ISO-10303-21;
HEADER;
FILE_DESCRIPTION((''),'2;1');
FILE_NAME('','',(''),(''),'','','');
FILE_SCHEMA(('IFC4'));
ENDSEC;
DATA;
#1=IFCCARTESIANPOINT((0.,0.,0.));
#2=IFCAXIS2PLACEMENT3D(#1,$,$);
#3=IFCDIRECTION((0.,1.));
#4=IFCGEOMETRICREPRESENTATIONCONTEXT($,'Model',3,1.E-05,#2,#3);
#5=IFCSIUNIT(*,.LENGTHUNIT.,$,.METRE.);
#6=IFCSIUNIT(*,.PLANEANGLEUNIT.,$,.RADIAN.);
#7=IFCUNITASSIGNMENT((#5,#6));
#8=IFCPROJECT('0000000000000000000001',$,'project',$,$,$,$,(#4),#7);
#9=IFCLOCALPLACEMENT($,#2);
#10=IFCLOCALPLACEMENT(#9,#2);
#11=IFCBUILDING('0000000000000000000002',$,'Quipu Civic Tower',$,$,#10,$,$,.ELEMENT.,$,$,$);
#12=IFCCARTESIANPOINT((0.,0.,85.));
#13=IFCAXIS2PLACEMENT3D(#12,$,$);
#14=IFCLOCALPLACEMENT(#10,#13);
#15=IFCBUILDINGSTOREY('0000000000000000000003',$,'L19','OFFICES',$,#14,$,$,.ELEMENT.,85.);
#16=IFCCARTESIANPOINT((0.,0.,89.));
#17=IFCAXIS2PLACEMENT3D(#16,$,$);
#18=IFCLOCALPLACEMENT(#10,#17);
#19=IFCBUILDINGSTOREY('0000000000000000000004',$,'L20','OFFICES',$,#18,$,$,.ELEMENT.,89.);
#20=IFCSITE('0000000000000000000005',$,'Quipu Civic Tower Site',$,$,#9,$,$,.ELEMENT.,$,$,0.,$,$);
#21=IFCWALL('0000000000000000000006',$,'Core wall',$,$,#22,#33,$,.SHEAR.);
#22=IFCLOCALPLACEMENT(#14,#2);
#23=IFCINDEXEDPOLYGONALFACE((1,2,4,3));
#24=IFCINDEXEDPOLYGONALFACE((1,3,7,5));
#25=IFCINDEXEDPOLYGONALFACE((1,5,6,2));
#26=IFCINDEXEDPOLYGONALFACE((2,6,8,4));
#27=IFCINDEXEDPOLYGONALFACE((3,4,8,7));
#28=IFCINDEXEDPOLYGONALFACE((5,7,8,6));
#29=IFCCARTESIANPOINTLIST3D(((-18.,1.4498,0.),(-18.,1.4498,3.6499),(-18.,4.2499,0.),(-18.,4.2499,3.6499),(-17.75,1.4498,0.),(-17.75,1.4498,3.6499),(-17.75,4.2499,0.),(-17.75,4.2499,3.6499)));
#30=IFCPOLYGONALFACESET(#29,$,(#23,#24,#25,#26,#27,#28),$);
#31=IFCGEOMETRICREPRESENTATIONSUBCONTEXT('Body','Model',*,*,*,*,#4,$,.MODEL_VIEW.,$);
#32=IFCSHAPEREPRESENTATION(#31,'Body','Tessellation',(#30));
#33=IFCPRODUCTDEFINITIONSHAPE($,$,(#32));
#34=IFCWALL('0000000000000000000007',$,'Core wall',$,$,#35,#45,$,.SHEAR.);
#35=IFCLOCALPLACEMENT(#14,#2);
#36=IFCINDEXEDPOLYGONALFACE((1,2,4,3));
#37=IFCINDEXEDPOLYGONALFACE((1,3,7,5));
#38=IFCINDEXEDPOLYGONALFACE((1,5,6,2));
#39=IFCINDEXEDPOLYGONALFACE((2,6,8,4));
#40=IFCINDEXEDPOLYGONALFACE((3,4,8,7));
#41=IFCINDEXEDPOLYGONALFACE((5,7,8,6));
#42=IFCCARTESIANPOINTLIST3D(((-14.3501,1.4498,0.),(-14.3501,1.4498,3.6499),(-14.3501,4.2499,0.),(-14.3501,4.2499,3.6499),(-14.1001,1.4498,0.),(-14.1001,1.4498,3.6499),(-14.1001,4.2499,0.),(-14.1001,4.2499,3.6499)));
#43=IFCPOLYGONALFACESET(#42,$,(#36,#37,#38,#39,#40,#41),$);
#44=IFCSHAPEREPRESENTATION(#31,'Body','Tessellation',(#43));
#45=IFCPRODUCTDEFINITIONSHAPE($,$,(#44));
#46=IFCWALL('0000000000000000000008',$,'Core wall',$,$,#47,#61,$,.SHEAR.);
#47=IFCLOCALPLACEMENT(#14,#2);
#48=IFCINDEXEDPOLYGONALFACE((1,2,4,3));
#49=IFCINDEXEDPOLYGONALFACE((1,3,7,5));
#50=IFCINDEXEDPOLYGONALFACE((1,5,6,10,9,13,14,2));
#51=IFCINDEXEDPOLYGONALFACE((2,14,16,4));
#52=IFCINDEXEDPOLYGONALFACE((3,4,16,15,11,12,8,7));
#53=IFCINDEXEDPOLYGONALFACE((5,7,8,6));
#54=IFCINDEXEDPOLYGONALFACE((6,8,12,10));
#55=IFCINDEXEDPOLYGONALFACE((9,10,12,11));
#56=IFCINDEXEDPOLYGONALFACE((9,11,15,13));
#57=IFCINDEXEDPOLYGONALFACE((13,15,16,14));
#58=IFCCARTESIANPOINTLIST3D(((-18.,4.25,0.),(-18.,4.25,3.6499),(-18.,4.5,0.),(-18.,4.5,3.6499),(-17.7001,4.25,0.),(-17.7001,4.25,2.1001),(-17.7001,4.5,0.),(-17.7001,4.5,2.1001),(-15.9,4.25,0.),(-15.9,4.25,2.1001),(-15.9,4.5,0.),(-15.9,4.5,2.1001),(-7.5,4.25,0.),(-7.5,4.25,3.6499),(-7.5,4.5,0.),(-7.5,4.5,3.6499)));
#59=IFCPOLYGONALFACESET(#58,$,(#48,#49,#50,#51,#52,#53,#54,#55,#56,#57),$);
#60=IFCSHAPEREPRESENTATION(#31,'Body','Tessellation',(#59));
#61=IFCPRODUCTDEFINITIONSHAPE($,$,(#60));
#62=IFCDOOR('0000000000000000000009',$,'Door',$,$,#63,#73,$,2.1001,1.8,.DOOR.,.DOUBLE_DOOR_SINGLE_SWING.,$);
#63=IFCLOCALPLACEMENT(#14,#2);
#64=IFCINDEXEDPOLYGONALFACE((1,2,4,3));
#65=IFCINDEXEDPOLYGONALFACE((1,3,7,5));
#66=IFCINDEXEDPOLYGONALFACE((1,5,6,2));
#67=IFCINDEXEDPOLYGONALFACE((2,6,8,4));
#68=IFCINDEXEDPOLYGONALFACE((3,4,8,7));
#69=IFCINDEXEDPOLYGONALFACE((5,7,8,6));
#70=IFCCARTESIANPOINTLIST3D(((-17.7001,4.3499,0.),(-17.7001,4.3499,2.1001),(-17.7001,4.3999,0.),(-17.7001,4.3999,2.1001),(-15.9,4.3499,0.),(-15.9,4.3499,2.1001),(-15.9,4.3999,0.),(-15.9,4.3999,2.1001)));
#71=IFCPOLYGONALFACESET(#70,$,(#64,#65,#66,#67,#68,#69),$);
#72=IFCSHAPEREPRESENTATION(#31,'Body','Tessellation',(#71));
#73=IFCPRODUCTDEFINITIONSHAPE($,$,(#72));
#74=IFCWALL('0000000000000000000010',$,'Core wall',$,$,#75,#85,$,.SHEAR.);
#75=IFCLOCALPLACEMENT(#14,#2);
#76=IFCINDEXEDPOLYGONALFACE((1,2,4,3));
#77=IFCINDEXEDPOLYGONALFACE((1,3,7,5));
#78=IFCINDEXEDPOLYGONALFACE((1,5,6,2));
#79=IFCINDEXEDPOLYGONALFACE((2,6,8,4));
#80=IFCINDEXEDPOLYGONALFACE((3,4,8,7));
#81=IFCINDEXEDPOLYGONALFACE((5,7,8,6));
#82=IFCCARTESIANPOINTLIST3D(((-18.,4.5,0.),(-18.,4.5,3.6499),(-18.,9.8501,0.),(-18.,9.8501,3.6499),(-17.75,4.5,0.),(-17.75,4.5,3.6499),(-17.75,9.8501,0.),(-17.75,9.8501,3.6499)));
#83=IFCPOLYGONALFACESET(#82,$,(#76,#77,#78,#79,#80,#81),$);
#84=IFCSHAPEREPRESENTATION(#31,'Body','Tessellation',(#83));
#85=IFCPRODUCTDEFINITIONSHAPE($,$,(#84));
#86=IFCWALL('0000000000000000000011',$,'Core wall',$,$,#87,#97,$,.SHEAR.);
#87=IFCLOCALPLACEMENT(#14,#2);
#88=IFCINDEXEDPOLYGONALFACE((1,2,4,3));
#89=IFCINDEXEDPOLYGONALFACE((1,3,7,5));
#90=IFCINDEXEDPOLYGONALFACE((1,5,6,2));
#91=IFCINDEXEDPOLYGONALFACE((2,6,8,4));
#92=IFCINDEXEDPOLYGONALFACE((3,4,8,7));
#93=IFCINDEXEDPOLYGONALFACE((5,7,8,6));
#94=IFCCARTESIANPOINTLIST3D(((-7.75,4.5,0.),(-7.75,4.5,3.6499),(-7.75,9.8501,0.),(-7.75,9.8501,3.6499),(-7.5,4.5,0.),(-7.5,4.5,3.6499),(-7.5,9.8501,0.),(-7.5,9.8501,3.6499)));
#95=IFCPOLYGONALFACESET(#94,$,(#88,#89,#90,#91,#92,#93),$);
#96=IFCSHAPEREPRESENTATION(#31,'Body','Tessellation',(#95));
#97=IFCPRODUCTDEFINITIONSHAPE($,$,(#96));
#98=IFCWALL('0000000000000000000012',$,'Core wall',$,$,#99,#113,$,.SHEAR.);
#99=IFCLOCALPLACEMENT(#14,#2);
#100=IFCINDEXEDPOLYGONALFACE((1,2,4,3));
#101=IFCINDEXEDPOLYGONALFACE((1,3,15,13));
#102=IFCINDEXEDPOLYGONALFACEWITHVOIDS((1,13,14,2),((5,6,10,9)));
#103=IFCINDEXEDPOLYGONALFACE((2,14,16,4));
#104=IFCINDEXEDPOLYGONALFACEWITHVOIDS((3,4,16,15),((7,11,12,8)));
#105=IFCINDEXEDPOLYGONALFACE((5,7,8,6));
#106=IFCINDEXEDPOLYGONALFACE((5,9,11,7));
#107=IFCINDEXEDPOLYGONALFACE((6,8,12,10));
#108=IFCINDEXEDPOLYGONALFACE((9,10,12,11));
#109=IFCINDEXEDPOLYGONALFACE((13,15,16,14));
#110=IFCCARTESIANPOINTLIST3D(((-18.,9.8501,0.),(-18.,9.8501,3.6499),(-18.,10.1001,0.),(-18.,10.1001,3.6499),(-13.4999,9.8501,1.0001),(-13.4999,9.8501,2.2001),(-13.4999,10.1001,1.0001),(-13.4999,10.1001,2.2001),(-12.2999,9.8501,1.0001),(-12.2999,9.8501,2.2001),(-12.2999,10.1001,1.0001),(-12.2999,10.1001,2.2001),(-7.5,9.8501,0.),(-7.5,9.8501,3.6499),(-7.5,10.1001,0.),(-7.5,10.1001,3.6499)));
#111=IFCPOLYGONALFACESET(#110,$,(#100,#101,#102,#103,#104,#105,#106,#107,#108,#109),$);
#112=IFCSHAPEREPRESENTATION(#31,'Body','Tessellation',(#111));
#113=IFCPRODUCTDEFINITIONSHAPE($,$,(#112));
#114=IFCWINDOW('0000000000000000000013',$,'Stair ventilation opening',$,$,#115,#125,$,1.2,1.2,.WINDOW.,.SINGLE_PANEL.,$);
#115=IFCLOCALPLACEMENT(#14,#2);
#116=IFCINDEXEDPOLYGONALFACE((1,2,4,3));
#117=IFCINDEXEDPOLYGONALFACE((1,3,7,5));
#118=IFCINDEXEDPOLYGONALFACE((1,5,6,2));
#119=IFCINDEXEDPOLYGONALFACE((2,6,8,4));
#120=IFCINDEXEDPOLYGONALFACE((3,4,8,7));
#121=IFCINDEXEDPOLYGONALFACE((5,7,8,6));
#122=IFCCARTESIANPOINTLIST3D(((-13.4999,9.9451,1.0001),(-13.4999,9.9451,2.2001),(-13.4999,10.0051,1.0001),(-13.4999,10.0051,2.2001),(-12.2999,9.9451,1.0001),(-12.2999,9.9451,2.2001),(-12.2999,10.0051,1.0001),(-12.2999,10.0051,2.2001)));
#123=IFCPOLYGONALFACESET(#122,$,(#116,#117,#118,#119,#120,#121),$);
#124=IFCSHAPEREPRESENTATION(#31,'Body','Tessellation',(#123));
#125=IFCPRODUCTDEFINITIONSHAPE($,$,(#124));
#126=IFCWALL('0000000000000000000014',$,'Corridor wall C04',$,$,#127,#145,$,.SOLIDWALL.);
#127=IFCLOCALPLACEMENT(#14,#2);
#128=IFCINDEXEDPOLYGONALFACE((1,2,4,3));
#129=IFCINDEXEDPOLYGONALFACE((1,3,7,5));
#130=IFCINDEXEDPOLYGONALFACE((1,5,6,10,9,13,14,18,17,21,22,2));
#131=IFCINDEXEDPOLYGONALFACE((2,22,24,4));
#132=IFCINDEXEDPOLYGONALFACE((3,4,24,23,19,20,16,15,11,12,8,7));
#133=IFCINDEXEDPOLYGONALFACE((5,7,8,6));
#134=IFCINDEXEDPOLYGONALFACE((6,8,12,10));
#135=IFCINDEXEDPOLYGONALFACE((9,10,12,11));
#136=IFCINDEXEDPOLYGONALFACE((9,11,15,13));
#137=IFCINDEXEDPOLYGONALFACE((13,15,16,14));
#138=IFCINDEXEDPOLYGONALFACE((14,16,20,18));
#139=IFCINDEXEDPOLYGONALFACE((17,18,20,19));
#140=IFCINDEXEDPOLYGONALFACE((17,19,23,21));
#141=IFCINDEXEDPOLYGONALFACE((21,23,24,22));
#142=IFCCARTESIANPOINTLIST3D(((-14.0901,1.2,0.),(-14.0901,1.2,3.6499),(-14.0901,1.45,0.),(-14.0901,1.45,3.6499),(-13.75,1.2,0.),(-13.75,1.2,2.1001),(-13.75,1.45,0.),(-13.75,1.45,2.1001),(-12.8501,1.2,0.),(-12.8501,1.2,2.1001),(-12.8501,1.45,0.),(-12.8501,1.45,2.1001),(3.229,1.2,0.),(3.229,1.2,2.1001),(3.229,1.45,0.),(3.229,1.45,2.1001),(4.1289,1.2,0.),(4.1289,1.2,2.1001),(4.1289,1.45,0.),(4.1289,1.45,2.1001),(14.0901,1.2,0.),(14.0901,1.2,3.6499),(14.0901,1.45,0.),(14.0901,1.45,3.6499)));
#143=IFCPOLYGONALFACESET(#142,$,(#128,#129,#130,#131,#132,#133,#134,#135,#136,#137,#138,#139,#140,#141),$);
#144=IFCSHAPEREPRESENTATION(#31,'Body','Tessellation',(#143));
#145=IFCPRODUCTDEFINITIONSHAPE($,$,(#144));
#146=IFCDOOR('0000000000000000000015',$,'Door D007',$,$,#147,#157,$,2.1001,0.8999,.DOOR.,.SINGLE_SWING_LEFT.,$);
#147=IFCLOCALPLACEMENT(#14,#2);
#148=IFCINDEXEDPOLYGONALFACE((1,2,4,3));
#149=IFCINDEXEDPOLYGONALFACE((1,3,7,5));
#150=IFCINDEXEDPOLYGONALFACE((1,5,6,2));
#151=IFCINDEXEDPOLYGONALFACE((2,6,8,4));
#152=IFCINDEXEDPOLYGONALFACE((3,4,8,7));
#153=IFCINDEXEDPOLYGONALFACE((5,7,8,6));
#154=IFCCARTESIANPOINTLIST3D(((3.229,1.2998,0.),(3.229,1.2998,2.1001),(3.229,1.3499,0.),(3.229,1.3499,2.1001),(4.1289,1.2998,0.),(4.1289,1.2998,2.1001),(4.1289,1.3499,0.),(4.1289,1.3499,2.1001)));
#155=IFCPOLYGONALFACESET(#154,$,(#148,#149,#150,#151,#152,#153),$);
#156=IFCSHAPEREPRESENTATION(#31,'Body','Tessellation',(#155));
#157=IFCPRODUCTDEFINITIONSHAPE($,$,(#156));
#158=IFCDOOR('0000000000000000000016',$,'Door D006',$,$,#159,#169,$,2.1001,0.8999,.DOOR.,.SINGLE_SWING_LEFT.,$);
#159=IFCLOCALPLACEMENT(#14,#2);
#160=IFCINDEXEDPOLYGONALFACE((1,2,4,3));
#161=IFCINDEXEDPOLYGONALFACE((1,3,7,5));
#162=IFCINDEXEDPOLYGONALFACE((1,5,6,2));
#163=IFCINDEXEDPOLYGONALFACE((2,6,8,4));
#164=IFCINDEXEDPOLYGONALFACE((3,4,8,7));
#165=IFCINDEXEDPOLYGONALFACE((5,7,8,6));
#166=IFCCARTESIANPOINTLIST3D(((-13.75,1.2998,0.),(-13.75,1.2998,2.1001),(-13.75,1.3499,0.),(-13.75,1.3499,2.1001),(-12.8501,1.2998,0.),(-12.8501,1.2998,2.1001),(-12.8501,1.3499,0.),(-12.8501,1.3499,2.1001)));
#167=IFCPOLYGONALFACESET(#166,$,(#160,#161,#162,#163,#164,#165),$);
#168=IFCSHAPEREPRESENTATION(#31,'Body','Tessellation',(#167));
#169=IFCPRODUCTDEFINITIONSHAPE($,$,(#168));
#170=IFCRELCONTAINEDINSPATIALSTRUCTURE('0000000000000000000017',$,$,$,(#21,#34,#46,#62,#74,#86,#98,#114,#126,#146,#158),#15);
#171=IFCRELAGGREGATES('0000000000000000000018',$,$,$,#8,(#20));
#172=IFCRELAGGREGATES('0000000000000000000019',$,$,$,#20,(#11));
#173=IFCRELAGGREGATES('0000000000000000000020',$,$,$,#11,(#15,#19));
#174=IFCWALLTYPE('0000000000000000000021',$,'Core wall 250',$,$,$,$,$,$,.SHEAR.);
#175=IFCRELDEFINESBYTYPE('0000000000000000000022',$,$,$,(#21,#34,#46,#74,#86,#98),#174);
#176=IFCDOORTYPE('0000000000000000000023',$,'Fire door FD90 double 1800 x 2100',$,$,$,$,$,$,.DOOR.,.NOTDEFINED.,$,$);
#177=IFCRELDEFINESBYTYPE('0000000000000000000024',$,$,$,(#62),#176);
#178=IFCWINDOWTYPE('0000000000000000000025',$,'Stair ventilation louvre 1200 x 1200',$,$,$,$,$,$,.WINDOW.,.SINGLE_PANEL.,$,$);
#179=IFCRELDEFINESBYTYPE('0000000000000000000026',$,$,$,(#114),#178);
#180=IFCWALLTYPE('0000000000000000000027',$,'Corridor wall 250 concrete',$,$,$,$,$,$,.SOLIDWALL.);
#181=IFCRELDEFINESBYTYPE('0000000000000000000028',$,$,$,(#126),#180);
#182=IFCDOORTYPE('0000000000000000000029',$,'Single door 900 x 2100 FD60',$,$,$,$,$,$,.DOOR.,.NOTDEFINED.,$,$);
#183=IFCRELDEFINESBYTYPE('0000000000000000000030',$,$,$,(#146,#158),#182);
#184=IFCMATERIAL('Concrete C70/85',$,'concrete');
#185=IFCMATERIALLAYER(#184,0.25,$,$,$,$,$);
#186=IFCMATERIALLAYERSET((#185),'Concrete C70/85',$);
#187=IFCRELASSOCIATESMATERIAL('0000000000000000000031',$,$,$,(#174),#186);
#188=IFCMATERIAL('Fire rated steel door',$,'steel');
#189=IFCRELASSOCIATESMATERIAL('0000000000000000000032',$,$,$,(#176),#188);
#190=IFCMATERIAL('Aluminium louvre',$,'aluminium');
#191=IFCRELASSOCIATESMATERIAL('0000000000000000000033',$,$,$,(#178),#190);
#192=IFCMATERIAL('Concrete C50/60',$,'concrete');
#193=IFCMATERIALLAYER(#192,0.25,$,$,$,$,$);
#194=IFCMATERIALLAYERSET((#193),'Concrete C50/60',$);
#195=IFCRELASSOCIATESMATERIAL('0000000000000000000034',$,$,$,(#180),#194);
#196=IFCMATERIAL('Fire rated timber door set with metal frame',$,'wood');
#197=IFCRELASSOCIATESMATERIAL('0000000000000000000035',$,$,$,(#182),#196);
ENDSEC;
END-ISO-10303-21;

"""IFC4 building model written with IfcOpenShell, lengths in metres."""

from ifc_helpers import new_model, si_unit, direction, frame, frame_2d, origin, place, context, subcontext, project, spatial, rectangle, extrude, material, layer, layer_set, type_object, element, fill, save


model = new_model("IFC4")

# Units and contexts
model_context = context("Model", 3, precision=1e-05, world=origin(), true_north=direction((0.0, 1.0)))
body_context = subcontext(model_context, "Body", "Model", "MODEL_VIEW")
ifc_project = project(units=[si_unit("LENGTHUNIT", "METRE"), si_unit("PLANEANGLEUNIT", "RADIAN")], contexts=[model_context])

# Site, building, storey
site_placement = place(None, origin())
site = spatial("IfcSite", under=ifc_project, at=site_placement, Name="Quipu Civic Tower Site", CompositionType="ELEMENT", RefElevation=0.0)
building_placement = place(site_placement, origin())
building = spatial("IfcBuilding", under=site, at=building_placement, Name="Quipu Civic Tower", CompositionType="ELEMENT")
storey_1_placement = place(building_placement, frame((0.0, 0.0, 85.0)))
storey_1 = spatial("IfcBuildingStorey", under=building, at=storey_1_placement, Name="L19", Description="OFFICES", CompositionType="ELEMENT", Elevation=85.0)

# Shared definitions
storey_2_placement = place(building_placement, frame((0.0, 0.0, 89.0)))
storey_2 = spatial("IfcBuildingStorey", under=building, at=storey_2_placement, Name="L20", Description="OFFICES", CompositionType="ELEMENT", Elevation=89.0)

# Walls
ifc_material_1 = material(Name="Concrete C70/85", Category="concrete")
ifc_layer_1 = layer(ifc_material_1, 0.25)
ifc_layer_set_1 = layer_set([ifc_layer_1], Name="Concrete C70/85")
wall_type_1 = type_object("IfcWallType", Name="Core wall 250", PredefinedType="SHEAR", material=ifc_layer_set_1)
for number, where, z_axis, x_axis, name in (
    (1, (-17.875, 1.45, 0.0), (0.0, 0.0, 1.0), (0.0, 1.0, 0.0), "Core wall"),
    (2, (-14.2251, 1.45, 0.0), (0.0, 0.0, 1.0), (0.0, 1.0, 0.0), "Core wall"),
):
    element("IfcWall", number, at=place(storey_1_placement, frame(where, z_axis=z_axis, x_axis=x_axis)), inside=storey_1, type_object=wall_type_1, Name=name, PredefinedType="SHEAR", context=body_context, shape_type="SweptSolid", body=[
        extrude(rectangle(XDim=2.8, YDim=0.25, at=frame_2d((1.3999, 0.0))), origin(), (0.0, 0.0, 1.0), 3.6499),
    ])

# Wall, opening, door
wall_1_placement = place(storey_1_placement, frame((-18.0, 4.375, 0.0), z_axis=(0.0, 0.0, 1.0), x_axis=(1.0, 0.0, 0.0)))
wall_1 = element("IfcWall", 3, at=wall_1_placement, inside=storey_1, type_object=wall_type_1, Name="Core wall", PredefinedType="SHEAR", context=body_context, shape_type="SweptSolid", body=[
    extrude(rectangle(XDim=10.5, YDim=0.25, at=frame_2d((5.25, 0.0))), origin(), (0.0, 0.0, 1.0), 3.6499),
])
opening_1_placement = place(wall_1_placement, frame((0.3, 0.0, 0.0)))
opening_1 = element("IfcOpeningElement", 4, at=opening_1_placement, cuts=wall_1, PredefinedType="OPENING", context=body_context, shape_type="SweptSolid", body=[
    extrude(rectangle(XDim=1.8, YDim=2.1001, at=frame_2d((0.8999, 1.05))), frame((0.0, 0.135, 0.0), z_axis=(0.0, -1.0, 0.0), x_axis=(1.0, 0.0, 0.0)), (0.0, 0.0, 1.0), 0.27),
])
ifc_material_2 = material(Name="Fire rated steel door", Category="steel")
door_type_1 = type_object("IfcDoorType", Name="Fire door FD90 double 1800 x 2100", OperationType="NOTDEFINED", PredefinedType="DOOR", material=ifc_material_2)
door_1_placement = place(opening_1_placement, origin())
door_1 = element("IfcDoor", 5, at=door_1_placement, inside=storey_1, type_object=door_type_1, Name="Door", OperationType="DOUBLE_DOOR_SINGLE_SWING", OverallHeight=2.1001, OverallWidth=1.8, PredefinedType="DOOR", context=body_context, shape_type="SweptSolid", body=[
    extrude(rectangle(XDim=1.8, YDim=2.1001, at=frame_2d((0.8999, 1.05))), frame((0.0, 0.0249, 0.0), z_axis=(0.0, -1.0, 0.0), x_axis=(1.0, 0.0, 0.0)), (0.0, 0.0, 1.0), 0.05),
])
fill(opening_1, door_1)

# Walls
for number, where, z_axis, x_axis, name in (
    (6, (-17.875, 4.5, 0.0), (0.0, 0.0, 1.0), (0.0, 1.0, 0.0), "Core wall"),
    (7, (-7.625, 4.5, 0.0), (0.0, 0.0, 1.0), (0.0, 1.0, 0.0), "Core wall"),
):
    element("IfcWall", number, at=place(storey_1_placement, frame(where, z_axis=z_axis, x_axis=x_axis)), inside=storey_1, type_object=wall_type_1, Name=name, PredefinedType="SHEAR", context=body_context, shape_type="SweptSolid", body=[
        extrude(rectangle(XDim=5.3501, YDim=0.25, at=frame_2d((2.675, 0.0))), origin(), (0.0, 0.0, 1.0), 3.6499),
    ])

# Wall, opening, window
wall_2_placement = place(storey_1_placement, frame((-18.0, 9.9751, 0.0), z_axis=(0.0, 0.0, 1.0), x_axis=(1.0, 0.0, 0.0)))
wall_2 = element("IfcWall", 8, at=wall_2_placement, inside=storey_1, type_object=wall_type_1, Name="Core wall", PredefinedType="SHEAR", context=body_context, shape_type="SweptSolid", body=[
    extrude(rectangle(XDim=10.5, YDim=0.25, at=frame_2d((5.25, 0.0))), origin(), (0.0, 0.0, 1.0), 3.6499),
])
opening_2_placement = place(wall_2_placement, frame((4.5, 0.0, 1.0)))
opening_2 = element("IfcOpeningElement", 9, at=opening_2_placement, cuts=wall_2, PredefinedType="OPENING", context=body_context, shape_type="SweptSolid", body=[
    extrude(rectangle(XDim=1.2, YDim=1.2, at=frame_2d((0.6001, 0.6001))), frame((0.0, 0.135, 0.0), z_axis=(0.0, -1.0, 0.0), x_axis=(1.0, 0.0, 0.0)), (0.0, 0.0, 1.0), 0.27),
])
ifc_material_3 = material(Name="Aluminium louvre", Category="aluminium")
window_type_1 = type_object("IfcWindowType", Name="Stair ventilation louvre 1200 x 1200", PartitioningType="SINGLE_PANEL", PredefinedType="WINDOW", material=ifc_material_3)
window_1_placement = place(opening_2_placement, origin())
window_1 = element("IfcWindow", 10, at=window_1_placement, inside=storey_1, type_object=window_type_1, Name="Stair ventilation opening", OverallHeight=1.2, OverallWidth=1.2, PartitioningType="SINGLE_PANEL", PredefinedType="WINDOW", context=body_context, shape_type="SweptSolid", body=[
    extrude(rectangle(XDim=1.2, YDim=1.2, at=frame_2d((0.6001, 0.6001))), frame((0.0, 0.03, 0.0), z_axis=(0.0, -1.0, 0.0), x_axis=(1.0, 0.0, 0.0)), (0.0, 0.0, 1.0), 0.0601),
])
fill(opening_2, window_1)

# Wall, openings, doors
ifc_material_4 = material(Name="Concrete C50/60", Category="concrete")
ifc_layer_2 = layer(ifc_material_4, 0.25)
ifc_layer_set_2 = layer_set([ifc_layer_2], Name="Concrete C50/60")
wall_type_2 = type_object("IfcWallType", Name="Corridor wall 250 concrete", PredefinedType="SOLIDWALL", material=ifc_layer_set_2)
wall_3_placement = place(storey_1_placement, frame((-14.0901, 1.325, 0.0), z_axis=(0.0, 0.0, 1.0), x_axis=(1.0, 0.0, 0.0)))
wall_3 = element("IfcWall", 11, at=wall_3_placement, inside=storey_1, type_object=wall_type_2, Name="Corridor wall C04", PredefinedType="SOLIDWALL", context=body_context, shape_type="SweptSolid", body=[
    extrude(rectangle(XDim=28.1802, YDim=0.25, at=frame_2d((14.0901, 0.0))), origin(), (0.0, 0.0, 1.0), 3.6499),
])
opening_3_placement = place(wall_3_placement, frame((17.3191, 0.0, 0.0)))
opening_3 = element("IfcOpeningElement", 12, at=opening_3_placement, cuts=wall_3, PredefinedType="OPENING", context=body_context, shape_type="SweptSolid", body=[
    extrude(rectangle(XDim=0.8999, YDim=2.1001, at=frame_2d((0.45, 1.05))), frame((0.0, 0.135, 0.0), z_axis=(0.0, -1.0, 0.0), x_axis=(1.0, 0.0, 0.0)), (0.0, 0.0, 1.0), 0.27),
])
opening_4_placement = place(wall_3_placement, frame((0.3401, 0.0, 0.0)))
opening_4 = element("IfcOpeningElement", 13, at=opening_4_placement, cuts=wall_3, PredefinedType="OPENING", context=body_context, shape_type="SweptSolid", body=[
    extrude(rectangle(XDim=0.8999, YDim=2.1001, at=frame_2d((0.45, 1.05))), frame((0.0, 0.135, 0.0), z_axis=(0.0, -1.0, 0.0), x_axis=(1.0, 0.0, 0.0)), (0.0, 0.0, 1.0), 0.27),
])
ifc_material_5 = material(Name="Fire rated timber door set with metal frame", Category="wood")
door_type_2 = type_object("IfcDoorType", Name="Single door 900 x 2100 FD60", OperationType="NOTDEFINED", PredefinedType="DOOR", material=ifc_material_5)
door_2_placement = place(opening_3_placement, origin())
door_2 = element("IfcDoor", 14, at=door_2_placement, inside=storey_1, type_object=door_type_2, Name="Door D007", OperationType="SINGLE_SWING_LEFT", OverallHeight=2.1001, OverallWidth=0.8999, PredefinedType="DOOR", context=body_context, shape_type="SweptSolid", body=[
    extrude(rectangle(XDim=0.8999, YDim=2.1001, at=frame_2d((0.45, 1.05))), frame((0.0, 0.0249, 0.0), z_axis=(0.0, -1.0, 0.0), x_axis=(1.0, 0.0, 0.0)), (0.0, 0.0, 1.0), 0.05),
])
fill(opening_3, door_2)
door_3_placement = place(opening_4_placement, origin())
door_3 = element("IfcDoor", 15, at=door_3_placement, inside=storey_1, type_object=door_type_2, Name="Door D006", OperationType="SINGLE_SWING_LEFT", OverallHeight=2.1001, OverallWidth=0.8999, PredefinedType="DOOR", context=body_context, shape_type="SweptSolid", body=[
    extrude(rectangle(XDim=0.8999, YDim=2.1001, at=frame_2d((0.45, 1.05))), frame((0.0, 0.0249, 0.0), z_axis=(0.0, -1.0, 0.0), x_axis=(1.0, 0.0, 0.0)), (0.0, 0.0, 1.0), 0.05),
])
fill(opening_4, door_3)

save(model, "model.ifc")
